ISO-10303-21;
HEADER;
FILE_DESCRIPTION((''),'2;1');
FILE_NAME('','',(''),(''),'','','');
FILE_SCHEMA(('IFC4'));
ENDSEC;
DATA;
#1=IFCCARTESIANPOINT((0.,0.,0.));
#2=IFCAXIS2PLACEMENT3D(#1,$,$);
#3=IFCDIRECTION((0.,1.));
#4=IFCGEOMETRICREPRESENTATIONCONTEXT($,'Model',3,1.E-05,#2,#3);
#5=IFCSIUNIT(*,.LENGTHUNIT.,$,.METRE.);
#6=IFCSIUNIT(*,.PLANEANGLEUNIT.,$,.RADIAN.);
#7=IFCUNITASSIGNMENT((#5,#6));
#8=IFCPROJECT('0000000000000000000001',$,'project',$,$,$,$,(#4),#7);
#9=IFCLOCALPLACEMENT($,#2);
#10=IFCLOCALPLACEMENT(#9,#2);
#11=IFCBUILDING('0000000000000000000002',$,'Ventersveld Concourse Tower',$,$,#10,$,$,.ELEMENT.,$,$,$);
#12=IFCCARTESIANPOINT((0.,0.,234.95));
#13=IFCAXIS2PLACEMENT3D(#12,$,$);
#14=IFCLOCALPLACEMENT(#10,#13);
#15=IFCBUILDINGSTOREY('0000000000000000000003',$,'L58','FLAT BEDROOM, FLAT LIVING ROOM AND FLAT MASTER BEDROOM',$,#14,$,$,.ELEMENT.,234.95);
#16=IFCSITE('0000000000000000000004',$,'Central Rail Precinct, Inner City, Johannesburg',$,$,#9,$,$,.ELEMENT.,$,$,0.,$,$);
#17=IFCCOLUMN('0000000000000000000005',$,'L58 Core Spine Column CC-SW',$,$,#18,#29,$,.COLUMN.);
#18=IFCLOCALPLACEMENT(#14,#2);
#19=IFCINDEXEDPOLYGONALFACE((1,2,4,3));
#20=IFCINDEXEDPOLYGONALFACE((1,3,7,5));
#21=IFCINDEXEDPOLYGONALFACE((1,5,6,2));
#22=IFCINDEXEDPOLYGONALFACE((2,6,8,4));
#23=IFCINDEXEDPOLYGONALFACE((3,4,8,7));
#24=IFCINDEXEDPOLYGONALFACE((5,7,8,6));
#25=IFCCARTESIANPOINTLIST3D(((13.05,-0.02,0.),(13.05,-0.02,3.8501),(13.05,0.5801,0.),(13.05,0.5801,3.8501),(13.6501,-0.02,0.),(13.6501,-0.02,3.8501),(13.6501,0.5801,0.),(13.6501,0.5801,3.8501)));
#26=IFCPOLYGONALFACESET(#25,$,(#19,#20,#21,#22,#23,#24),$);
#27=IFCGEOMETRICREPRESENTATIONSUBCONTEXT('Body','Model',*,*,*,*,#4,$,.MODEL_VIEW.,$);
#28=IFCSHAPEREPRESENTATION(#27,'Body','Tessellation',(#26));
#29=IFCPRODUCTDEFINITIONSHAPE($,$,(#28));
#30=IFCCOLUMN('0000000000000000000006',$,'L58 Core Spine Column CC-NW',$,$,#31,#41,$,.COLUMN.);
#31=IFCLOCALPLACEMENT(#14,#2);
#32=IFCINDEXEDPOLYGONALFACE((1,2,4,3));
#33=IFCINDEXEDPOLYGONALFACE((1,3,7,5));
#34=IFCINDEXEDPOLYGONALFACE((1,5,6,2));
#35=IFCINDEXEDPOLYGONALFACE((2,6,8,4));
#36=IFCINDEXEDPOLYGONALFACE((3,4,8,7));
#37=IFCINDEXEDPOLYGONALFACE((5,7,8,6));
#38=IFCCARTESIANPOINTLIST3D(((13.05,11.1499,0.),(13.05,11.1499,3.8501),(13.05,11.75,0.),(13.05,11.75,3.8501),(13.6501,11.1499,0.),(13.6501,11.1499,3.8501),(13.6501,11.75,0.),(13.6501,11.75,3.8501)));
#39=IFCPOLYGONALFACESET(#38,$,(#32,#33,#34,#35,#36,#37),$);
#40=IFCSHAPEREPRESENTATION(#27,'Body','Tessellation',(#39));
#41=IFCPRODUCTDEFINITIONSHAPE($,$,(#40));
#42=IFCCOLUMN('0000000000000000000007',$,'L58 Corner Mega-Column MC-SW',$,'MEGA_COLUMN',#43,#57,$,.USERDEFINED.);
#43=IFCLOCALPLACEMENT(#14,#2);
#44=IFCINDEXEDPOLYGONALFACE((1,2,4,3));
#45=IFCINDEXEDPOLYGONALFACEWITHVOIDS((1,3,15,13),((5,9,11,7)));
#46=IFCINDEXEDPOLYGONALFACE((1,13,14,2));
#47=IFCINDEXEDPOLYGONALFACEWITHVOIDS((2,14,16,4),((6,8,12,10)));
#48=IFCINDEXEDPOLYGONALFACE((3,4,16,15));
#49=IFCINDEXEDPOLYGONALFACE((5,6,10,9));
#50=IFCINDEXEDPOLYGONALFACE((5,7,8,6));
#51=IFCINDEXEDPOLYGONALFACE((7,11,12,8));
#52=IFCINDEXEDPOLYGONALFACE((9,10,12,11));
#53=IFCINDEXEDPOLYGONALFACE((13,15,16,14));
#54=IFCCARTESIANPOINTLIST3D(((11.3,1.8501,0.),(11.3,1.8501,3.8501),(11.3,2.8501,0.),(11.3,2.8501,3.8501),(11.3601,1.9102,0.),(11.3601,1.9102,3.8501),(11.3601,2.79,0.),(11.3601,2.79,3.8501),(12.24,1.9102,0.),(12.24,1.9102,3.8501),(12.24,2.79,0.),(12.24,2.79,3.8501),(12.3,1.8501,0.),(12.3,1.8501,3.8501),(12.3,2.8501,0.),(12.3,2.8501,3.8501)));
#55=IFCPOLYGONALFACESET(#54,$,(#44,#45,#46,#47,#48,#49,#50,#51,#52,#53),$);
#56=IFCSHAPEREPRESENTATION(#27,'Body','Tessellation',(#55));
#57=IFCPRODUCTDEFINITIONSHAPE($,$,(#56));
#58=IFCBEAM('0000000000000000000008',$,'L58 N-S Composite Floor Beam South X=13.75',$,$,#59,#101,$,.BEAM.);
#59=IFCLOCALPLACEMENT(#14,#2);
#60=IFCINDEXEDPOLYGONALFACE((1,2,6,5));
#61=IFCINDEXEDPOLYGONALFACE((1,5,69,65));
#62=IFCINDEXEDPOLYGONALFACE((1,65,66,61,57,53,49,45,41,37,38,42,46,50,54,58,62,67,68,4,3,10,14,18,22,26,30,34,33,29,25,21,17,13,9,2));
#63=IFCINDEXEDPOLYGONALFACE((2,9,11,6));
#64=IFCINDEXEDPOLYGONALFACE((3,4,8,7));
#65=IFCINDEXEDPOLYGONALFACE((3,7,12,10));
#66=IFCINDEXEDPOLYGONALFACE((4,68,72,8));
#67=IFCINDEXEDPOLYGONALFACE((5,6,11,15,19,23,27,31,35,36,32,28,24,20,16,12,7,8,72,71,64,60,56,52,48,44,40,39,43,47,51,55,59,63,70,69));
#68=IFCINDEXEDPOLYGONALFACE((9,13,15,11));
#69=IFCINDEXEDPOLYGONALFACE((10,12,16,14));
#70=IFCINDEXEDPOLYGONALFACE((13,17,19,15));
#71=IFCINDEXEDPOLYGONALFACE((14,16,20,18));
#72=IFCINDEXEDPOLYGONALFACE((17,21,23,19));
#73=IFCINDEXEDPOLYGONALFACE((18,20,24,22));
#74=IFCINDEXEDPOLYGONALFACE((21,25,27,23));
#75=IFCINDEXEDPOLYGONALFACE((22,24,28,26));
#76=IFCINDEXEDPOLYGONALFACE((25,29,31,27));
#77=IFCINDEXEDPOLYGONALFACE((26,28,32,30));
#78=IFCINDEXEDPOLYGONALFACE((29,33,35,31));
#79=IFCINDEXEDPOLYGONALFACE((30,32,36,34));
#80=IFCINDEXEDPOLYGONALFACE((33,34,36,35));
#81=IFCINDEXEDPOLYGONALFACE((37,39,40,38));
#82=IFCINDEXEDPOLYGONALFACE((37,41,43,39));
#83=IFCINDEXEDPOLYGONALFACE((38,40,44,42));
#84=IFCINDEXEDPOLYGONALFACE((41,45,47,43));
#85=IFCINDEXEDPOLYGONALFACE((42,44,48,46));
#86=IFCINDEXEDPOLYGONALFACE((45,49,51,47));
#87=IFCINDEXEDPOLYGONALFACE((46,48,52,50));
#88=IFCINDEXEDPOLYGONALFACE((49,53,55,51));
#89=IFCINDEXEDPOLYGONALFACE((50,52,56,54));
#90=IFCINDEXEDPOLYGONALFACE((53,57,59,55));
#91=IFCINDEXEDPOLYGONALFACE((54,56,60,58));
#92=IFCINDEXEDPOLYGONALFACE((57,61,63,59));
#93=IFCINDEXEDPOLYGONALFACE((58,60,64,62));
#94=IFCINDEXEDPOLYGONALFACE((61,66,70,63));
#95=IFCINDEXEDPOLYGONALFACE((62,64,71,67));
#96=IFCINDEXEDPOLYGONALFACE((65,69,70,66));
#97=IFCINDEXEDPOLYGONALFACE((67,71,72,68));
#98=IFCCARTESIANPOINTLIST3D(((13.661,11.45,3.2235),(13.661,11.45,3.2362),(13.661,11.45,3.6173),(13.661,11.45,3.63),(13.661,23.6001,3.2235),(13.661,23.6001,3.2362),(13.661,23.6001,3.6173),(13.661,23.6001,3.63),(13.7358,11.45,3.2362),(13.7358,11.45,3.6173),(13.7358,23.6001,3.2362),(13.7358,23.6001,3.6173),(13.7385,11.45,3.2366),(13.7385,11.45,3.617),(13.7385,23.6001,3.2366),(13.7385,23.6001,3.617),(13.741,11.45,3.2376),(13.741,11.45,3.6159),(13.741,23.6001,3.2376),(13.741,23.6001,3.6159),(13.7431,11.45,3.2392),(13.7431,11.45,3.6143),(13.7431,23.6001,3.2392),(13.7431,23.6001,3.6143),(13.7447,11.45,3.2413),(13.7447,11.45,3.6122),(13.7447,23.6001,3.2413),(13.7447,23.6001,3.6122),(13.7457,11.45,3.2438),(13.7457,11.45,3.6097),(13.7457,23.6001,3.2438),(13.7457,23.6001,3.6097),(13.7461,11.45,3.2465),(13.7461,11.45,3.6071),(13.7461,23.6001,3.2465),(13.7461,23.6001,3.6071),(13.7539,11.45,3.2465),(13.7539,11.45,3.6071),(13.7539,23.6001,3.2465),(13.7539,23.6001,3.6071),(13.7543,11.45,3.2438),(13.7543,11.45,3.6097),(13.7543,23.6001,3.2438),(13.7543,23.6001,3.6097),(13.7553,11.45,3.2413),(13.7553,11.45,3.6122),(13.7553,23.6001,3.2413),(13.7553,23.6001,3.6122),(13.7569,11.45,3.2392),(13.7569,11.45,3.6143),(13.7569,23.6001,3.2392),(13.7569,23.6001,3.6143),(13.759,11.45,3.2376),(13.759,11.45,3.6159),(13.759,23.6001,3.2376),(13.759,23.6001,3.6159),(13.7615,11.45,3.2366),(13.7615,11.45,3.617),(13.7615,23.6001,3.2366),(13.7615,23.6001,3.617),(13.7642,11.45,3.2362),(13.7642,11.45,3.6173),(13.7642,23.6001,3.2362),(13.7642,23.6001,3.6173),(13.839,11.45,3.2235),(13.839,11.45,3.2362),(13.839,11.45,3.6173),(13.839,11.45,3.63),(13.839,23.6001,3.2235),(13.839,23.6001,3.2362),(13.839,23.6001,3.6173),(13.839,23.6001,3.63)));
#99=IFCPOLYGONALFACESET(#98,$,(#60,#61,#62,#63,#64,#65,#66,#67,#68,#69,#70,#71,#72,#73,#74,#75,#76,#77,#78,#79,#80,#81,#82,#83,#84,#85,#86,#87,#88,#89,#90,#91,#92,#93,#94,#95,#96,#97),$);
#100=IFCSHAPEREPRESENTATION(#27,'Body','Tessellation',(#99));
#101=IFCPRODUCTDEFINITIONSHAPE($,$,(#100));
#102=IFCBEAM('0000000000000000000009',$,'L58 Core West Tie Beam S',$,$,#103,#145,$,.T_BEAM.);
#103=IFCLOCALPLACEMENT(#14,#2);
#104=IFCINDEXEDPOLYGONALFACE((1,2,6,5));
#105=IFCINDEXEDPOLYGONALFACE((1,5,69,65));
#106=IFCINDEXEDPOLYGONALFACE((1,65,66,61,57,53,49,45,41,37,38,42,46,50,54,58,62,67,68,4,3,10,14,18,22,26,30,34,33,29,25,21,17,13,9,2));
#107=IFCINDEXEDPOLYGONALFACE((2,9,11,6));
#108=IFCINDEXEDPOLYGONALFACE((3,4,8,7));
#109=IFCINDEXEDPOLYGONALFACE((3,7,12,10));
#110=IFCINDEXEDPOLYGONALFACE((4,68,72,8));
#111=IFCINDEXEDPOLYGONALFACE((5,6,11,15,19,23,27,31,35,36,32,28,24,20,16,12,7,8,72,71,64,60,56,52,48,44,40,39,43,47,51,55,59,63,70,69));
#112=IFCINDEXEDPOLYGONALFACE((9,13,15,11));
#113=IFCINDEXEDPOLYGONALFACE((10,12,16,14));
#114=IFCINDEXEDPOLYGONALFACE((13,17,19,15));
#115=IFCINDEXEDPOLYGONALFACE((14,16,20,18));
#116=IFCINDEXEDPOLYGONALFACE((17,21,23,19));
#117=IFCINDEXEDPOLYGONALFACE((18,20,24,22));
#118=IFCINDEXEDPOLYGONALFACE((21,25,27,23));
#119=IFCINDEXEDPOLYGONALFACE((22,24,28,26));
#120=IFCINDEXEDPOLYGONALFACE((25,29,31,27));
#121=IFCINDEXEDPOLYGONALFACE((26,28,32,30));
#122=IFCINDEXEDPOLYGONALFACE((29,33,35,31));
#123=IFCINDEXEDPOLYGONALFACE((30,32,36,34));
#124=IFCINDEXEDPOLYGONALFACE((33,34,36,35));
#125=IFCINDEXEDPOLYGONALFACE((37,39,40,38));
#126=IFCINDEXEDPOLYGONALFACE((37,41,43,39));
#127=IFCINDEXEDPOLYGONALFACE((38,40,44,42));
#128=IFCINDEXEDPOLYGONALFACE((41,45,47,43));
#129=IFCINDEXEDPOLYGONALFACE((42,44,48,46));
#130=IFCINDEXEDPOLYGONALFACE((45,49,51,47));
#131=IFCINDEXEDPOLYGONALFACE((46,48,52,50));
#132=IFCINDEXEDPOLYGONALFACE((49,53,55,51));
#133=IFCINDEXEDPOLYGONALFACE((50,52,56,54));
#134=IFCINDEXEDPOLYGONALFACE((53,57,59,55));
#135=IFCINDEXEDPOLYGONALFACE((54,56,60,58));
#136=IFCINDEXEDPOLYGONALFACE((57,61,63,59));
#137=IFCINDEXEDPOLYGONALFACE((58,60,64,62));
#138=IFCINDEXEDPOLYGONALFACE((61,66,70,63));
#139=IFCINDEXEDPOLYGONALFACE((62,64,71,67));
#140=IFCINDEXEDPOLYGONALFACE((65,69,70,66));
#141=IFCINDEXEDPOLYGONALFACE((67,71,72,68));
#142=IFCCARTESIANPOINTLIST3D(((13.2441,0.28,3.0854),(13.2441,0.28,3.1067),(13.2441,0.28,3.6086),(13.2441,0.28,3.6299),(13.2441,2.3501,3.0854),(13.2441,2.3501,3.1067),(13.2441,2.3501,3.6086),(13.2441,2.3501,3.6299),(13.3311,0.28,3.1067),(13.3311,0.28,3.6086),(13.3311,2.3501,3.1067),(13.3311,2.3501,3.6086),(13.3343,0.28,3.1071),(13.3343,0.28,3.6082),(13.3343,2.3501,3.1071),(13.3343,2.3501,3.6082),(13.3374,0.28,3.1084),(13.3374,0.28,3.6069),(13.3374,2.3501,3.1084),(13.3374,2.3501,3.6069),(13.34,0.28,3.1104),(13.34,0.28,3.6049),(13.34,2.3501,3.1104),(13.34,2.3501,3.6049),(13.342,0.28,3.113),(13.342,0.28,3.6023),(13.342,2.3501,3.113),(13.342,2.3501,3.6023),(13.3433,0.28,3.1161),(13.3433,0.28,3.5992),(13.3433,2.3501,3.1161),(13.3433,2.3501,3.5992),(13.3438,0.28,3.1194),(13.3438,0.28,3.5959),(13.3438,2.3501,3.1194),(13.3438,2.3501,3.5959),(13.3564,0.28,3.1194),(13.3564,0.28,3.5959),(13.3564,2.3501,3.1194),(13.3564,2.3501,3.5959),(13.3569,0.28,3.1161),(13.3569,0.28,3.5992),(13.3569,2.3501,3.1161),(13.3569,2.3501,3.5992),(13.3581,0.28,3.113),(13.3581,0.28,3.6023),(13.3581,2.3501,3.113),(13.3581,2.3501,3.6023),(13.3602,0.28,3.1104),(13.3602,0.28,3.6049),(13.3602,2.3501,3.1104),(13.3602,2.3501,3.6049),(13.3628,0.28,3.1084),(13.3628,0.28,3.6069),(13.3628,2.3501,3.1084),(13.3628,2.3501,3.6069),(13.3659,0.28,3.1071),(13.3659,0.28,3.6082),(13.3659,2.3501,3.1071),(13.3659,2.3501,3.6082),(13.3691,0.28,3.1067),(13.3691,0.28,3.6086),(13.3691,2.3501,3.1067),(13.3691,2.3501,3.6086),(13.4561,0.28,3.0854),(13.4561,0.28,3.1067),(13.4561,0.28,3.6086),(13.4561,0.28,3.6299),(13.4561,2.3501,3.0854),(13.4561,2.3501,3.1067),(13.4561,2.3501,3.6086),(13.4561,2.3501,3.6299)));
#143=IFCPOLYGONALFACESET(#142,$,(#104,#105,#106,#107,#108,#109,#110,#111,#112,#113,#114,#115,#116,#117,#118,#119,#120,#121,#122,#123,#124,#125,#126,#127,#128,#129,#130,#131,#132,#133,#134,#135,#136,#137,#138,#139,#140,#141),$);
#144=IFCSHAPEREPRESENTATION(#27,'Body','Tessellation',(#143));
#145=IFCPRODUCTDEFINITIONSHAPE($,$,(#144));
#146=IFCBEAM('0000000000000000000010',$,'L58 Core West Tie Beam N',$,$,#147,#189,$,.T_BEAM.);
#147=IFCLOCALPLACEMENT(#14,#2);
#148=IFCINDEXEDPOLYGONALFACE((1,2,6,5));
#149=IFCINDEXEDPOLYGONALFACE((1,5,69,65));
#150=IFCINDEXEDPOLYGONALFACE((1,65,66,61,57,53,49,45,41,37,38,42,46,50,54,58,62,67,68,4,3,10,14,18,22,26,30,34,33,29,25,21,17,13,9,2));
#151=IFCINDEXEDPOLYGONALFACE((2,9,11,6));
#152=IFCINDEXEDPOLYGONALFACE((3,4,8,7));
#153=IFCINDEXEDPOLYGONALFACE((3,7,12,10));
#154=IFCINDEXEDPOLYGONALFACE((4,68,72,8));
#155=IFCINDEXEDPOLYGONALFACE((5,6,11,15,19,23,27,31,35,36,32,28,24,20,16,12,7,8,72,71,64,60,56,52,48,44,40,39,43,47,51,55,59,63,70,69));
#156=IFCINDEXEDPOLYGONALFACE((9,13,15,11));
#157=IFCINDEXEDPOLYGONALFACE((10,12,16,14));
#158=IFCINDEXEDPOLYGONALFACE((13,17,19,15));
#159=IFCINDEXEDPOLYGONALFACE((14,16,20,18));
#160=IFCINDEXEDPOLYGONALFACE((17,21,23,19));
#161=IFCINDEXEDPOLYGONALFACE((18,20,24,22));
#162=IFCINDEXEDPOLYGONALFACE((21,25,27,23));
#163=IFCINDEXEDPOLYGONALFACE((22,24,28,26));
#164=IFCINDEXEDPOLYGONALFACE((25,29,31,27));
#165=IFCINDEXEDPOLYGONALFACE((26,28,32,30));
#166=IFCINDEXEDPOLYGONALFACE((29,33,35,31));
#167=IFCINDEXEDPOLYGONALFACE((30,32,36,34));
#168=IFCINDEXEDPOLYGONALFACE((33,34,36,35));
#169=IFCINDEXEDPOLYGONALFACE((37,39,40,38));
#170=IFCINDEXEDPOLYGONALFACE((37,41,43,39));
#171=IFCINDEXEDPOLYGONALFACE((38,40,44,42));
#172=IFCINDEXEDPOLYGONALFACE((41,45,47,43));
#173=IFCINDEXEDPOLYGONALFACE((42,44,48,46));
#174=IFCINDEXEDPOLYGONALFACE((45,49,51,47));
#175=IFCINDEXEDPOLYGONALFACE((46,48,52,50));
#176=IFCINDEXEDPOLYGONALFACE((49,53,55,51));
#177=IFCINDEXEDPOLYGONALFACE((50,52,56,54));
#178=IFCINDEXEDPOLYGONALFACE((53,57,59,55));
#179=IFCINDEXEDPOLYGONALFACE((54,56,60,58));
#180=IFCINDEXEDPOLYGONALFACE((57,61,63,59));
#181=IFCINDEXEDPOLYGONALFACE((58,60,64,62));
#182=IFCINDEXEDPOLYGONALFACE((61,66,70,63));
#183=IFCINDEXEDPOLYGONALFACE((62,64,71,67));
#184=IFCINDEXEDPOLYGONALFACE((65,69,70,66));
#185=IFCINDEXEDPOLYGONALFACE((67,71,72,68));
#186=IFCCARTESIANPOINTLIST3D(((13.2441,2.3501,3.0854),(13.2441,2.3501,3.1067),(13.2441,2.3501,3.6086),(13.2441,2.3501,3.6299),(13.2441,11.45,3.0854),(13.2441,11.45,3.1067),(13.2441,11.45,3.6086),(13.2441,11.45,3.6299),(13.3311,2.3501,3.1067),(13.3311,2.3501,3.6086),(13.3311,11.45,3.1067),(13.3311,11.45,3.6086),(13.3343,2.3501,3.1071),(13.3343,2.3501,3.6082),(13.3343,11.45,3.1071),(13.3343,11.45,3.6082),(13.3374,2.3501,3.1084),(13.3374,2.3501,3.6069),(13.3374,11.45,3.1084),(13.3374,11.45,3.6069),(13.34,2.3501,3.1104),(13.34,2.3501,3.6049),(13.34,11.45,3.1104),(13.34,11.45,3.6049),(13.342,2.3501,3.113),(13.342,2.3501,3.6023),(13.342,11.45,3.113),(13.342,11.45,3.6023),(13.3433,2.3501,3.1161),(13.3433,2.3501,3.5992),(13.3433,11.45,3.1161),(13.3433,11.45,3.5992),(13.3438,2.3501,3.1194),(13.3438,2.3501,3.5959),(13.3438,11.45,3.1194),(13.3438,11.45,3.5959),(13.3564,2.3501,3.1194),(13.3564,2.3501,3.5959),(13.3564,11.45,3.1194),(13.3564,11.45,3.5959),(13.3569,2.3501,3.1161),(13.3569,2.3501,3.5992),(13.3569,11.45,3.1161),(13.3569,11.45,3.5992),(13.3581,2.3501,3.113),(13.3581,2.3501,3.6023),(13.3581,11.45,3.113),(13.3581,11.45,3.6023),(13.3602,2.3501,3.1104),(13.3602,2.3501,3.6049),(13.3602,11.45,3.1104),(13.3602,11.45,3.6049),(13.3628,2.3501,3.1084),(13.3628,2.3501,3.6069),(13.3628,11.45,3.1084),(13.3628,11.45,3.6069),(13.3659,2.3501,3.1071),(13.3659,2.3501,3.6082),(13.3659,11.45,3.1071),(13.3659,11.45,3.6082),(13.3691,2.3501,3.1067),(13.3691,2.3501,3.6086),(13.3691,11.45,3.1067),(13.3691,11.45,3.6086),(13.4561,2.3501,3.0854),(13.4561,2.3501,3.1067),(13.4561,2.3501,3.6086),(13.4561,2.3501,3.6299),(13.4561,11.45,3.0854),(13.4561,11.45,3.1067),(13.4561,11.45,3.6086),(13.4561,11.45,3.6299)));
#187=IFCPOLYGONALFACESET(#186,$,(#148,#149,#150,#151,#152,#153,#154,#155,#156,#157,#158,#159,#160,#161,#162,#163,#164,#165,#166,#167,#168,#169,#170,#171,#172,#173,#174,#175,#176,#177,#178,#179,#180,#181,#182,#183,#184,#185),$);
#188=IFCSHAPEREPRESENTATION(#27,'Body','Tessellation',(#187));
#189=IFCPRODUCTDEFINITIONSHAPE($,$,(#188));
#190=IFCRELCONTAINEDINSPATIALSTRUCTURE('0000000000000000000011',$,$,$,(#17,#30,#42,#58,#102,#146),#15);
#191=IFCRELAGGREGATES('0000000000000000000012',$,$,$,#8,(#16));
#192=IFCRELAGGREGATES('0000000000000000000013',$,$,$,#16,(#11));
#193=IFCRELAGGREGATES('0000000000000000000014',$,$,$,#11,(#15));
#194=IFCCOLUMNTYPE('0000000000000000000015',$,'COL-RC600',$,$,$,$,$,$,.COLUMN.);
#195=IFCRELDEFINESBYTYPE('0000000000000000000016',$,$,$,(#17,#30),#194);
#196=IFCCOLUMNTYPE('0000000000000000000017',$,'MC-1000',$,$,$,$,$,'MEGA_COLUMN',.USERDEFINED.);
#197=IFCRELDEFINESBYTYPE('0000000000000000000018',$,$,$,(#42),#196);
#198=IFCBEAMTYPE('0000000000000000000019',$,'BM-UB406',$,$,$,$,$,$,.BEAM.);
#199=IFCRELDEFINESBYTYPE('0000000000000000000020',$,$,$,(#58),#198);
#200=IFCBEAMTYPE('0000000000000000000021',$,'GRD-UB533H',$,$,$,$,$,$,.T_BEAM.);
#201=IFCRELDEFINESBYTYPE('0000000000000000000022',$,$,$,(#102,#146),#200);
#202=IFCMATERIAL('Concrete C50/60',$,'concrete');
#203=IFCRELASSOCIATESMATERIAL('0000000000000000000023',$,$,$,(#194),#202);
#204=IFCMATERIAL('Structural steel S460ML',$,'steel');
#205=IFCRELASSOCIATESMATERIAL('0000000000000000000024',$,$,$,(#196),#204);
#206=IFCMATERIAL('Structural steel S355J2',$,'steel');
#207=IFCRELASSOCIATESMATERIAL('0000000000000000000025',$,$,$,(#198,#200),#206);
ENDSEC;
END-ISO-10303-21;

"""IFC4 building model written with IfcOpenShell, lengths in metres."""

from ifc_helpers import new_model, si_unit, direction, frame, origin, origin_2d, place, context, subcontext, project, spatial, rectangle, hollow_rectangle, i_section, extrude, material, material_profile, profile_set, type_object, element, save


model = new_model("IFC4")

# Units and contexts
model_context = context("Model", 3, precision=1e-05, world=origin(), true_north=direction((0.0, 1.0)))
body_context = subcontext(model_context, "Body", "Model", "MODEL_VIEW")
ifc_project = project(units=[si_unit("LENGTHUNIT", "METRE"), si_unit("PLANEANGLEUNIT", "RADIAN")], contexts=[model_context])

# Site, building, storey
site_placement = place(None, origin())
site = spatial("IfcSite", under=ifc_project, at=site_placement, Name="Central Rail Precinct, Inner City, Johannesburg", CompositionType="ELEMENT", RefElevation=0.0)
building_placement = place(site_placement, origin())
building = spatial("IfcBuilding", under=site, at=building_placement, Name="Ventersveld Concourse Tower", CompositionType="ELEMENT")
storey_placement = place(building_placement, frame((0.0, 0.0, 234.95)))
storey = spatial("IfcBuildingStorey", under=building, at=storey_placement, Name="L58", Description="FLAT BEDROOM, FLAT LIVING ROOM AND FLAT MASTER BEDROOM", CompositionType="ELEMENT", Elevation=234.95)

# Columns
ifc_material_1 = material(Name="Concrete C50/60", Category="concrete")
ifc_material_profile_1 = material_profile(ifc_material_1, rectangle(XDim=0.6001, YDim=0.6001, at=origin_2d()), Name="RC 600x600")
ifc_profile_set_1 = profile_set([ifc_material_profile_1], Name="Concrete C50/60")
column_type_1 = type_object("IfcColumnType", Name="COL-RC600", PredefinedType="COLUMN", material=ifc_profile_set_1)
for number, where, z_axis, x_axis, name in (
    (1, (13.3501, 0.28, 0.0), (0.0, 0.0, 1.0), (1.0, 0.0, 0.0), "L58 Core Spine Column CC-SW"),
    (2, (13.3501, 11.45, 0.0), (0.0, 0.0, 1.0), (1.0, 0.0, 0.0), "L58 Core Spine Column CC-NW"),
):
    element("IfcColumn", number, at=place(storey_placement, frame(where, z_axis=z_axis, x_axis=x_axis)), inside=storey, type_object=column_type_1, Name=name, PredefinedType="COLUMN", context=body_context, shape_type="SweptSolid", body=[
        extrude(rectangle(XDim=0.6001, YDim=0.6001, at=origin_2d()), origin(), (0.0, 0.0, 1.0), 3.8501),
    ])
ifc_material_2 = material(Name="Structural steel S460ML", Category="steel")
ifc_material_profile_2 = material_profile(ifc_material_2, hollow_rectangle(XDim=1.0, YDim=1.0, WallThickness=0.0601, at=origin_2d()), Name="BOX 1000x1000x60")
ifc_profile_set_2 = profile_set([ifc_material_profile_2], Name="Structural steel S460ML")
column_type_2 = type_object("IfcColumnType", Name="MC-1000", ElementType="MEGA_COLUMN", PredefinedType="USERDEFINED", material=ifc_profile_set_2)
column_placement = place(storey_placement, frame((11.8, 2.3501, 0.0), z_axis=(0.0, 0.0, 1.0), x_axis=(1.0, 0.0, 0.0)))
element("IfcColumn", 3, at=column_placement, inside=storey, type_object=column_type_2, Name="L58 Corner Mega-Column MC-SW", ObjectType="MEGA_COLUMN", PredefinedType="USERDEFINED", context=body_context, shape_type="SweptSolid", body=[
    extrude(hollow_rectangle(XDim=1.0, YDim=1.0, WallThickness=0.0601, at=origin_2d()), origin(), (0.0, 0.0, 1.0), 3.8501),
])

# Beams
ifc_material_3 = material(Name="Structural steel S355J2", Category="steel")
ifc_material_profile_3 = material_profile(ifc_material_3, i_section(OverallWidth=0.178, OverallDepth=0.4065, WebThickness=0.0078, FlangeThickness=0.0127, FilletRadius=0.0103, at=origin_2d()), Name="UB 406x178x60")
ifc_profile_set_3 = profile_set([ifc_material_profile_3], Name="Structural steel S355J2")
beam_type_1 = type_object("IfcBeamType", Name="BM-UB406", PredefinedType="BEAM", material=ifc_profile_set_3)
beam_1_placement = place(storey_placement, frame((13.75, 11.45, 3.4268), z_axis=(0.0, 1.0, 0.0), x_axis=(-1.0, 0.0, 0.0)))
element("IfcBeam", 4, at=beam_1_placement, inside=storey, type_object=beam_type_1, Name="L58 N-S Composite Floor Beam South X=13.75", PredefinedType="BEAM", context=body_context, shape_type="SweptSolid", body=[
    extrude(i_section(OverallWidth=0.178, OverallDepth=0.4065, WebThickness=0.0078, FlangeThickness=0.0127, FilletRadius=0.0103, at=origin_2d()), origin(), (0.0, 0.0, 1.0), 12.1501),
])
ifc_material_profile_4 = material_profile(ifc_material_3, i_section(OverallWidth=0.2119, OverallDepth=0.5444, WebThickness=0.0127, FlangeThickness=0.0212, FilletRadius=0.0127, at=origin_2d()), Name="UB 533x210x122")
ifc_profile_set_4 = profile_set([ifc_material_profile_4], Name="Structural steel S355J2")
beam_type_2 = type_object("IfcBeamType", Name="GRD-UB533H", PredefinedType="T_BEAM", material=ifc_profile_set_4)
beam_2_placement = place(storey_placement, frame((13.3501, 0.28, 3.3577), z_axis=(0.0, 1.0, 0.0), x_axis=(-1.0, 0.0, 0.0)))
element("IfcBeam", 5, at=beam_2_placement, inside=storey, type_object=beam_type_2, Name="L58 Core West Tie Beam S", PredefinedType="T_BEAM", context=body_context, shape_type="SweptSolid", body=[
    extrude(i_section(OverallWidth=0.2119, OverallDepth=0.5444, WebThickness=0.0127, FlangeThickness=0.0212, FilletRadius=0.0127, at=origin_2d()), origin(), (0.0, 0.0, 1.0), 2.0701),
])
beam_3_placement = place(storey_placement, frame((13.3501, 2.3501, 3.3577), z_axis=(0.0, 1.0, 0.0), x_axis=(-1.0, 0.0, 0.0)))
element("IfcBeam", 6, at=beam_3_placement, inside=storey, type_object=beam_type_2, Name="L58 Core West Tie Beam N", PredefinedType="T_BEAM", context=body_context, shape_type="SweptSolid", body=[
    extrude(i_section(OverallWidth=0.2119, OverallDepth=0.5444, WebThickness=0.0127, FlangeThickness=0.0212, FilletRadius=0.0127, at=origin_2d()), origin(), (0.0, 0.0, 1.0), 9.0999),
])

save(model, "model.ifc")
